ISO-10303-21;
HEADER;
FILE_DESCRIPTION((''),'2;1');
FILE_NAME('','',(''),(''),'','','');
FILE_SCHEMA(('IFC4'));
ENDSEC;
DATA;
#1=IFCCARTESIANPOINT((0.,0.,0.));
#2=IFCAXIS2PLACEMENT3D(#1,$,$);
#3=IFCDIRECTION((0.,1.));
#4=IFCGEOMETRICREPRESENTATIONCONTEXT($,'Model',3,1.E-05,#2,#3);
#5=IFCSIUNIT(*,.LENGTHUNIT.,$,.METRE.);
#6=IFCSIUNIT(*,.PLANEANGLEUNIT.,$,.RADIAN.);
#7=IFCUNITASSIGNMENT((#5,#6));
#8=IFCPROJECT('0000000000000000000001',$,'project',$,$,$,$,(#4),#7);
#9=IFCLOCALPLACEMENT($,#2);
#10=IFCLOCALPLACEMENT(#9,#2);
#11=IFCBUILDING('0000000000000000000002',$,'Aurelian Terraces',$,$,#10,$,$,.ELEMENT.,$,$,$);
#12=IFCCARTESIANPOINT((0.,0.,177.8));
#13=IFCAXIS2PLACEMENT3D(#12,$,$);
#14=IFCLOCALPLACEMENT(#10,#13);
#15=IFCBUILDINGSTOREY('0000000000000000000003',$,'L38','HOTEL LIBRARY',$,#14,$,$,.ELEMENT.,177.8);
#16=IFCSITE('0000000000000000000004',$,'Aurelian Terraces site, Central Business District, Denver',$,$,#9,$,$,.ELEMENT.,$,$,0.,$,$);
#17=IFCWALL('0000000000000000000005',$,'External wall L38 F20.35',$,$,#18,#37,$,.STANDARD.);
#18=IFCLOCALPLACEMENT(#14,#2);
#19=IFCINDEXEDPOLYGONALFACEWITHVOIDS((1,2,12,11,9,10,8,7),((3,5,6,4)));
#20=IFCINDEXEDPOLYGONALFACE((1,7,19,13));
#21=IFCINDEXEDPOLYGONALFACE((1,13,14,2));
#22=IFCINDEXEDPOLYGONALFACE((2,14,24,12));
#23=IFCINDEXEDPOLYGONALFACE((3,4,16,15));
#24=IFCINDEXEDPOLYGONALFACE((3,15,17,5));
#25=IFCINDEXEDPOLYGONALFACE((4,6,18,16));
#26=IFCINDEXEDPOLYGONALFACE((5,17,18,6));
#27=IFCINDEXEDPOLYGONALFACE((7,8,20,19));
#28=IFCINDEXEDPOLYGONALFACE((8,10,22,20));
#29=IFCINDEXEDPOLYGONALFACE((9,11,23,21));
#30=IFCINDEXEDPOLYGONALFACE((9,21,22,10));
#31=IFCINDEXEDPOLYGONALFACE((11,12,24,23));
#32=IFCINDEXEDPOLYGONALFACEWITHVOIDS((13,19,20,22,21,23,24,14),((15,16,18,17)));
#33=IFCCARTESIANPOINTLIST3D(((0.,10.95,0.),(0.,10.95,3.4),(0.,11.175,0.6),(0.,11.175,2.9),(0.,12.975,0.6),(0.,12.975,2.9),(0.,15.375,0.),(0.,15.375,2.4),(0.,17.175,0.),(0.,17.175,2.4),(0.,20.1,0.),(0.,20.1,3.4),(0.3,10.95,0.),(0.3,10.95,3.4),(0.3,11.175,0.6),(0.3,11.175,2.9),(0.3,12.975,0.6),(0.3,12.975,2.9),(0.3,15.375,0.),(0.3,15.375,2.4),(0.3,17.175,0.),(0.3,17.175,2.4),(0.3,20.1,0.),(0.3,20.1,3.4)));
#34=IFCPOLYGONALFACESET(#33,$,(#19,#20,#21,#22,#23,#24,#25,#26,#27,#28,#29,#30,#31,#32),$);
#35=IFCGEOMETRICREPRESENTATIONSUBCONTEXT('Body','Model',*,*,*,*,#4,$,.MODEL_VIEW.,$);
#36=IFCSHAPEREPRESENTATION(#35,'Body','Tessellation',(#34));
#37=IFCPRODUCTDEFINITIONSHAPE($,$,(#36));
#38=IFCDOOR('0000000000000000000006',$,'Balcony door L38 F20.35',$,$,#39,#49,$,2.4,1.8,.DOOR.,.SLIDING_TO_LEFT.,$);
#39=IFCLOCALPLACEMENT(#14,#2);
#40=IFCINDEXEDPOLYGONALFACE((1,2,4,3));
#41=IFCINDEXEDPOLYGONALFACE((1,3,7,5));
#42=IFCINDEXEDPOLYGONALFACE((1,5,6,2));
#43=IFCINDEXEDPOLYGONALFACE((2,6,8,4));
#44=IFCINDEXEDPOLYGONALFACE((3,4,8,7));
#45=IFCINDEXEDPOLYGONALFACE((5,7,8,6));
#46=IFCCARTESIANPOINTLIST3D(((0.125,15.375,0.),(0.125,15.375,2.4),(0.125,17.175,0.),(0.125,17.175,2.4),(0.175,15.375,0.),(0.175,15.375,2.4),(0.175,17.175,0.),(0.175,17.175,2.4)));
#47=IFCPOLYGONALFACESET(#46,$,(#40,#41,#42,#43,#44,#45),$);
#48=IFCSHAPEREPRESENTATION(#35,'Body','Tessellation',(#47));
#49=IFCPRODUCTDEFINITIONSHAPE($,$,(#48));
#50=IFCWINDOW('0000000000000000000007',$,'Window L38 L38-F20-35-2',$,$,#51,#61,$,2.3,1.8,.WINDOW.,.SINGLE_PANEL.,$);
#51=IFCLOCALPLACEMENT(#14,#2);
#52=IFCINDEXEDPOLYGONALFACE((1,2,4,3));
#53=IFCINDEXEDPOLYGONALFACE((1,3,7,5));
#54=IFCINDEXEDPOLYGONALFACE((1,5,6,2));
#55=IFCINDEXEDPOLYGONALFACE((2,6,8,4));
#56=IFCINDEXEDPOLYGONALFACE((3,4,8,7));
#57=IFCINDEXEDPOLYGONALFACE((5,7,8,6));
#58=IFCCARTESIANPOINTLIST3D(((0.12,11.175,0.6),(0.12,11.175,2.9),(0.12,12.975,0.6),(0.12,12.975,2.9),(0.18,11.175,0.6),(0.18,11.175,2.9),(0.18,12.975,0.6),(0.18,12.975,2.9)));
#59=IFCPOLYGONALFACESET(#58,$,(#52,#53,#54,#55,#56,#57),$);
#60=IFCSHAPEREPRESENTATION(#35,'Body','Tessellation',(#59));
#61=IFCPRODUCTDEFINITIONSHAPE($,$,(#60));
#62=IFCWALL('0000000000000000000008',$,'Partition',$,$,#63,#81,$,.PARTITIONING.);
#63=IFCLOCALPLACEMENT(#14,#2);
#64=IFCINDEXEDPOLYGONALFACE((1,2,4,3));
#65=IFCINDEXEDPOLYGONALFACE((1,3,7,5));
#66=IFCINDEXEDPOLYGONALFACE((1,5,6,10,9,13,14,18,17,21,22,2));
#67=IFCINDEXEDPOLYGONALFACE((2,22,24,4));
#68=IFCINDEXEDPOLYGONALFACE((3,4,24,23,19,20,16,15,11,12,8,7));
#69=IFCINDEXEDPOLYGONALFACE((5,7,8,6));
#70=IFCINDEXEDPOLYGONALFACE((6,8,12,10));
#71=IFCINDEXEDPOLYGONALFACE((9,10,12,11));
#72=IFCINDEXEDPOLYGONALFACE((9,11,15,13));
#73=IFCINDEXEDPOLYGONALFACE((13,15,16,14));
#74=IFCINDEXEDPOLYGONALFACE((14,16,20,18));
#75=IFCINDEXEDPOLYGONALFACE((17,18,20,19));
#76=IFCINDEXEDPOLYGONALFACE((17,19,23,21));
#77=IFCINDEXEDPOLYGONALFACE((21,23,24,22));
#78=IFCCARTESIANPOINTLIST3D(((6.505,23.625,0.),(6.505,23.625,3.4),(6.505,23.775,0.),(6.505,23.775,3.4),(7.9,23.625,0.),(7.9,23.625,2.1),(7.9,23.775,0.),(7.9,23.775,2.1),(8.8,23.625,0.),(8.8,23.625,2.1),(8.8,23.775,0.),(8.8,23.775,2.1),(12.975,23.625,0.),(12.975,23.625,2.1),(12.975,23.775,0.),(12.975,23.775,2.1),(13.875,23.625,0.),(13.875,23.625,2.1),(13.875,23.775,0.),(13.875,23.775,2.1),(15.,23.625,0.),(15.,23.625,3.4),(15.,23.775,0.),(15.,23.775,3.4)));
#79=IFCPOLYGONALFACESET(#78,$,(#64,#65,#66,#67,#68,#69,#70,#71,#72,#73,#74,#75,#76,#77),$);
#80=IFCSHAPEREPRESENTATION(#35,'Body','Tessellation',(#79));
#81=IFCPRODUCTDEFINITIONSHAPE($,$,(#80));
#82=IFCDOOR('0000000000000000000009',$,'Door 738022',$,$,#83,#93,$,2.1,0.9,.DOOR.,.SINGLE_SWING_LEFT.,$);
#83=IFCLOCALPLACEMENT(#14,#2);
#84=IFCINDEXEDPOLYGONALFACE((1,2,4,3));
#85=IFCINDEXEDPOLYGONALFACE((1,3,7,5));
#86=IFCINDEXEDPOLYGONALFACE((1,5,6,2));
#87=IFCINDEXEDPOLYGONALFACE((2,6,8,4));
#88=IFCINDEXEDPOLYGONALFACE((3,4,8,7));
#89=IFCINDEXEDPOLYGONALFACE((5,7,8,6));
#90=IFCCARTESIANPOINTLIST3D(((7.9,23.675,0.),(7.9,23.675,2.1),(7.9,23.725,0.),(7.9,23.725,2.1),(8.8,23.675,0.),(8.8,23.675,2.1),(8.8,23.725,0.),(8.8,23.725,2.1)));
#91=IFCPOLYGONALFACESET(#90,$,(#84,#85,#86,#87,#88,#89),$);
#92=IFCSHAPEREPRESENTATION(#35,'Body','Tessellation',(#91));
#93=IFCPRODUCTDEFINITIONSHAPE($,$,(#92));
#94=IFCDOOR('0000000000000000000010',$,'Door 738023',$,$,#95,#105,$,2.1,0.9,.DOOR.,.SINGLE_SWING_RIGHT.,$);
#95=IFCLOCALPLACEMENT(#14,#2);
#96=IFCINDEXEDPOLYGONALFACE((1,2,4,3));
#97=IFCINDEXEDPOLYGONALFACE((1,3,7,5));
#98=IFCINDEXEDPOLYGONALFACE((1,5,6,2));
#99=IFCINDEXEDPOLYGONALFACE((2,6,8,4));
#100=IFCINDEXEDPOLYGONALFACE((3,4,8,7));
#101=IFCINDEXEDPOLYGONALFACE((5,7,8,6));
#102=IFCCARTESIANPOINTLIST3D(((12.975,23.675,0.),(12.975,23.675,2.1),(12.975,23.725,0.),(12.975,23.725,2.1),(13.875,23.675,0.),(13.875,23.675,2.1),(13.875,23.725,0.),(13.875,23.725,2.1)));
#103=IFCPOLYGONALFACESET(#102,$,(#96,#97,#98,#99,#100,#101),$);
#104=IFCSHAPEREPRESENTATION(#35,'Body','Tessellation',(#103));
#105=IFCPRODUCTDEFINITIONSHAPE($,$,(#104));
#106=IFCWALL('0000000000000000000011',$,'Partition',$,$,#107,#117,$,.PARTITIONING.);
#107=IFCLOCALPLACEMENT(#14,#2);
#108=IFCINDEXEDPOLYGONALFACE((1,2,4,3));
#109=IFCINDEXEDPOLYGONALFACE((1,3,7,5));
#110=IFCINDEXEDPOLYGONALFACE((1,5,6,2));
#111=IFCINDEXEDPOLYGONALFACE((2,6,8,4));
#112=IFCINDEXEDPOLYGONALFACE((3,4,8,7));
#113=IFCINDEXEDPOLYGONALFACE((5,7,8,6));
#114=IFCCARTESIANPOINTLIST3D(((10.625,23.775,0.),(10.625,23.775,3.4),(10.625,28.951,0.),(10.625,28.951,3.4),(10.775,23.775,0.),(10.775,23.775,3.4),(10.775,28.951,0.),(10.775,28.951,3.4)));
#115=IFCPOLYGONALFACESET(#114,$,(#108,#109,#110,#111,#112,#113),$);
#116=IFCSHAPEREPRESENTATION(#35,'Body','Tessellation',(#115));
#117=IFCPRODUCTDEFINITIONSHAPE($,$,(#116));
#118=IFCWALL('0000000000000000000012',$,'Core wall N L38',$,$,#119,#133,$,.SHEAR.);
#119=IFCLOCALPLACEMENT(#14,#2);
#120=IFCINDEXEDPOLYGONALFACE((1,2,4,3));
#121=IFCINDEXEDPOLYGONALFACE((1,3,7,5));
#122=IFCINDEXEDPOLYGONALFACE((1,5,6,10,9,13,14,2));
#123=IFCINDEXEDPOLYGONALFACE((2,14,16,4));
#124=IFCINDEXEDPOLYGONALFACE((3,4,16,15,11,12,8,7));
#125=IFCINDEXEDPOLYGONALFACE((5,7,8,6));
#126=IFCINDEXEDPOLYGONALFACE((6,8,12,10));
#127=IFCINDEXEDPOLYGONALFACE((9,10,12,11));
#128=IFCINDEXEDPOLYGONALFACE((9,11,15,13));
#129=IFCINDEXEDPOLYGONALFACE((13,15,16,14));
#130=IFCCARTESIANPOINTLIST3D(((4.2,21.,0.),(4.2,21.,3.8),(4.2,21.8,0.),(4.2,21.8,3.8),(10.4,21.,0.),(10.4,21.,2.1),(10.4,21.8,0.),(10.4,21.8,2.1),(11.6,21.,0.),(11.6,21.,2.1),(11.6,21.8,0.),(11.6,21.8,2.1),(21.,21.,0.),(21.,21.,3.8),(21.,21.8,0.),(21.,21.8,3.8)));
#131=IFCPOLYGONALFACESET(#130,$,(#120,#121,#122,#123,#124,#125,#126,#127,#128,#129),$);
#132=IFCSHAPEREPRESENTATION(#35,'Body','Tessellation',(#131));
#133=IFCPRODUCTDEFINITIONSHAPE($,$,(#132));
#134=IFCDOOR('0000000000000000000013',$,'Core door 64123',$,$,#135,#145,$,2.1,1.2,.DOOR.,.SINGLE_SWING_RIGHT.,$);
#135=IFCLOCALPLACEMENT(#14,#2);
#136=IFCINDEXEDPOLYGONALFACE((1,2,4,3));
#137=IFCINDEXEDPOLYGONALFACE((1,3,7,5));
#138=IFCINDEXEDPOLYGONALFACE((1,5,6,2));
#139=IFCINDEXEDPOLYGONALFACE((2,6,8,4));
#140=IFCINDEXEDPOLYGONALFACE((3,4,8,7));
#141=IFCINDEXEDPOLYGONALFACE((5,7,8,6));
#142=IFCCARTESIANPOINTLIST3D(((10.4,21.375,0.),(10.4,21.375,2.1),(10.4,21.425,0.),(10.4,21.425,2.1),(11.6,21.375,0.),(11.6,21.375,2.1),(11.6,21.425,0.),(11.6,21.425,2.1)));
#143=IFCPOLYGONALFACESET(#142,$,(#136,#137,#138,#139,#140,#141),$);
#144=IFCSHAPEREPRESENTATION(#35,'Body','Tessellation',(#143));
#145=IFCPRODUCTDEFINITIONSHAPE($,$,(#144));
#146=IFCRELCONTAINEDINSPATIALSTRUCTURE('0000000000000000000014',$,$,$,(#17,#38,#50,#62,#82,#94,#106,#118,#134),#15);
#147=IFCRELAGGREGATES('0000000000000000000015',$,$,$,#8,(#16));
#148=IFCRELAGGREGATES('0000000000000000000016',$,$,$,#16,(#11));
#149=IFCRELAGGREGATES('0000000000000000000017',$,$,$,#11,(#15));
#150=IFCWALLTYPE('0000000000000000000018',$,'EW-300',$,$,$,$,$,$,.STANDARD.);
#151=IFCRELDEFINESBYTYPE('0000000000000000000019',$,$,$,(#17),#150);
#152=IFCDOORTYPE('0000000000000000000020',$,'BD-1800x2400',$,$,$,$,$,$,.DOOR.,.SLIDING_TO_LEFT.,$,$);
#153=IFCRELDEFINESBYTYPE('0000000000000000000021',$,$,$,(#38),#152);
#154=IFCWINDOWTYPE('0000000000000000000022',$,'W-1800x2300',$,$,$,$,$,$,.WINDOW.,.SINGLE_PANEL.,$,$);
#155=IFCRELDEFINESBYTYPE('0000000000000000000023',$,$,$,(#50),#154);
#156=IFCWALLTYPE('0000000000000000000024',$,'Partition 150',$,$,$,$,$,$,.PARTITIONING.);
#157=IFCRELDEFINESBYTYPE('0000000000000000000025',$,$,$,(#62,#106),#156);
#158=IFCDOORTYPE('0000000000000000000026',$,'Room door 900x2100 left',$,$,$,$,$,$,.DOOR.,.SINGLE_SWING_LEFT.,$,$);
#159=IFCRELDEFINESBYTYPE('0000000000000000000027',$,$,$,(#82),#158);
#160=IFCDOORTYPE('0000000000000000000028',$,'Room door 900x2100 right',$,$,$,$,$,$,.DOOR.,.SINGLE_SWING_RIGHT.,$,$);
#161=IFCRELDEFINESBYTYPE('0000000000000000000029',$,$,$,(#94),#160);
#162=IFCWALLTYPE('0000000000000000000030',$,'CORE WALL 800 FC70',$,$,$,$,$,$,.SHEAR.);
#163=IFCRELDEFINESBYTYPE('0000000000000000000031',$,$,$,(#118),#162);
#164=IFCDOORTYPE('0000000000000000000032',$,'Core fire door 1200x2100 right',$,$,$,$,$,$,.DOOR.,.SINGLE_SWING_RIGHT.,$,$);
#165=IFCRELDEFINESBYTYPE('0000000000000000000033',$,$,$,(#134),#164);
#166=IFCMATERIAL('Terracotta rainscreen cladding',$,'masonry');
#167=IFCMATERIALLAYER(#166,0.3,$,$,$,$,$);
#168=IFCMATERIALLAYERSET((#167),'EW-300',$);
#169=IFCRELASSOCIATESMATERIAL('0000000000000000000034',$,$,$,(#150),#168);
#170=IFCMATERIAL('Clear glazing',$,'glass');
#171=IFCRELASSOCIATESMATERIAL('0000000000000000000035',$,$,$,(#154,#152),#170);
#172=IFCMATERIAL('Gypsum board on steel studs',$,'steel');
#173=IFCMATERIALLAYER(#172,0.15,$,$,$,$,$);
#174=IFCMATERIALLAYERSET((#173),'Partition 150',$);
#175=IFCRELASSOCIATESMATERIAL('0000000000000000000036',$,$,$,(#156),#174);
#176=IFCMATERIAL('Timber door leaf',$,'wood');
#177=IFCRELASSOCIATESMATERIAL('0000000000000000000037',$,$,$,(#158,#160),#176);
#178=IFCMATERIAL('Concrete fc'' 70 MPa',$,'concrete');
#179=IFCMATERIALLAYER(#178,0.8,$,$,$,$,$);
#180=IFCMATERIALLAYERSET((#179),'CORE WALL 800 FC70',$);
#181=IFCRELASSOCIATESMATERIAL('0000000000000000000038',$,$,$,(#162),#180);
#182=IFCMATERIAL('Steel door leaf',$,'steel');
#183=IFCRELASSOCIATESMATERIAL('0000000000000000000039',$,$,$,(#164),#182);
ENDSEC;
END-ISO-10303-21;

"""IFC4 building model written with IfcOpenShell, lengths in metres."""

from ifc_helpers import new_model, si_unit, direction, frame, frame_2d, origin, place, context, subcontext, project, spatial, rectangle, extrude, source, transform, mapped, material, layer, layer_set, type_object, element, fill, save


model = new_model("IFC4")

# Units and contexts
model_context = context("Model", 3, precision=1e-05, world=origin(), true_north=direction((0.0, 1.0)))
body_context = subcontext(model_context, "Body", "Model", "MODEL_VIEW")
ifc_project = project(units=[si_unit("LENGTHUNIT", "METRE"), si_unit("PLANEANGLEUNIT", "RADIAN")], contexts=[model_context])

# Site, building, storey
site_placement = place(None, origin())
site = spatial("IfcSite", under=ifc_project, at=site_placement, Name="Aurelian Terraces site, Central Business District, Denver", CompositionType="ELEMENT", RefElevation=0.0)
building_placement = place(site_placement, origin())
building = spatial("IfcBuilding", under=site, at=building_placement, Name="Aurelian Terraces", CompositionType="ELEMENT")
storey_placement = place(building_placement, frame((0.0, 0.0, 177.8)))
storey = spatial("IfcBuildingStorey", under=building, at=storey_placement, Name="L38", Description="HOTEL LIBRARY", CompositionType="ELEMENT", Elevation=177.8)

# Shared definitions
ifc_material_1 = material(Name="Concrete fc' 70 MPa", Category="concrete")

# Shared definitions
ifc_material_2 = material(Name="Gypsum board on steel studs", Category="steel")
ifc_material_3 = material(Name="Steel door leaf", Category="steel")
shared_shape_1 = source(origin(), body_context, "Body", "SweptSolid", [
    extrude(rectangle(XDim=0.9, YDim=2.1, at=frame_2d((0.45, 1.05))), frame((0.0, 0.025, 0.0), z_axis=(0.0, -1.0, 0.0), x_axis=(1.0, 0.0, 0.0)), (0.0, 0.0, 1.0), 0.05),
])

# Shared definitions
ifc_material_4 = material(Name="Terracotta rainscreen cladding", Category="masonry")
ifc_layer_1 = layer(ifc_material_4, 0.3)
ifc_layer_set_1 = layer_set([ifc_layer_1], Name="EW-300")
wall_type_1 = type_object("IfcWallType", Name="EW-300", PredefinedType="STANDARD", material=ifc_layer_set_1)
shared_shape_2 = source(origin(), body_context, "Body", "SweptSolid", [
    extrude(rectangle(XDim=1.8, YDim=2.3, at=frame_2d((0.9, 1.15))), frame((0.0, 0.16, 0.0), z_axis=(0.0, -1.0, 0.0), x_axis=(1.0, 0.0, 0.0)), (0.0, 0.0, 1.0), 0.32),
])
ifc_material_5 = material(Name="Clear glazing", Category="glass")
window_type = type_object("IfcWindowType", Name="W-1800x2300", PartitioningType="SINGLE_PANEL", PredefinedType="WINDOW", material=ifc_material_5)
shared_shape_3 = source(origin(), body_context, "Body", "SweptSolid", [
    extrude(rectangle(XDim=1.8, YDim=2.3, at=frame_2d((0.9, 1.15))), frame((0.0, 0.03, 0.0), z_axis=(0.0, -1.0, 0.0), x_axis=(1.0, 0.0, 0.0)), (0.0, 0.0, 1.0), 0.06),
])

# Wall, openings, door, window
wall_1_placement = place(storey_placement, frame((0.15, 20.1, 0.0), z_axis=(0.0, 0.0, 1.0), x_axis=(0.0, -1.0, 0.0)))
wall_1 = element("IfcWall", 1, at=wall_1_placement, inside=storey, type_object=wall_type_1, Name="External wall L38 F20.35", PredefinedType="STANDARD", context=body_context, shape_type="SweptSolid", body=[
    extrude(rectangle(XDim=9.15, YDim=0.3, at=frame_2d((4.575, 0.0))), origin(), (0.0, 0.0, 1.0), 3.4),
])
shared_shape_4 = source(origin(), body_context, "Body", "SweptSolid", [
    extrude(rectangle(XDim=1.8, YDim=2.4, at=frame_2d((0.9, 1.2))), frame((0.0, 0.16, 0.0), z_axis=(0.0, -1.0, 0.0), x_axis=(1.0, 0.0, 0.0)), (0.0, 0.0, 1.0), 0.32),
])
opening_1_placement = place(wall_1_placement, frame((2.925, 0.0, 0.0)))
opening_1 = element("IfcOpeningElement", 2, at=opening_1_placement, cuts=wall_1, PredefinedType="OPENING", context=body_context, shape_type="MappedRepresentation", body=[
    mapped(shared_shape_4, transform((0.0, 0.0, 0.0), scale=1.0)),
])
opening_2_placement = place(wall_1_placement, frame((7.125, 0.0, 0.6)))
opening_2 = element("IfcOpeningElement", 3, at=opening_2_placement, cuts=wall_1, PredefinedType="OPENING", context=body_context, shape_type="MappedRepresentation", body=[
    mapped(shared_shape_2, transform((0.0, 0.0, 0.0), scale=1.0)),
])
door_type_1 = type_object("IfcDoorType", Name="BD-1800x2400", OperationType="SLIDING_TO_LEFT", PredefinedType="DOOR", material=ifc_material_5)
shared_shape_5 = source(origin(), body_context, "Body", "SweptSolid", [
    extrude(rectangle(XDim=1.8, YDim=2.4, at=frame_2d((0.9, 1.2))), frame((0.0, 0.025, 0.0), z_axis=(0.0, -1.0, 0.0), x_axis=(1.0, 0.0, 0.0)), (0.0, 0.0, 1.0), 0.05),
])
door_1_placement = place(opening_1_placement, origin())
door_1 = element("IfcDoor", 4, at=door_1_placement, inside=storey, type_object=door_type_1, Name="Balcony door L38 F20.35", OperationType="SLIDING_TO_LEFT", OverallHeight=2.4, OverallWidth=1.8, PredefinedType="DOOR", context=body_context, shape_type="MappedRepresentation", body=[
    mapped(shared_shape_5, transform((0.0, 0.0, 0.0), scale=1.0)),
])
fill(opening_1, door_1)
window_1_placement = place(opening_2_placement, origin())
window_1 = element("IfcWindow", 5, at=window_1_placement, inside=storey, type_object=window_type, Name="Window L38 L38-F20-35-2", OverallHeight=2.3, OverallWidth=1.8, PartitioningType="SINGLE_PANEL", PredefinedType="WINDOW", context=body_context, shape_type="MappedRepresentation", body=[
    mapped(shared_shape_3, transform((0.0, 0.0, 0.0), scale=1.0)),
])
fill(opening_2, window_1)

# Wall, openings, doors
ifc_layer_2 = layer(ifc_material_2, 0.15)
ifc_layer_set_2 = layer_set([ifc_layer_2], Name="Partition 150")
wall_type_2 = type_object("IfcWallType", Name="Partition 150", PredefinedType="PARTITIONING", material=ifc_layer_set_2)
wall_2_placement = place(storey_placement, frame((6.505, 23.7, 0.0), z_axis=(0.0, 0.0, 1.0), x_axis=(1.0, 0.0, 0.0)))
wall_2 = element("IfcWall", 6, at=wall_2_placement, inside=storey, type_object=wall_type_2, Name="Partition", PredefinedType="PARTITIONING", context=body_context, shape_type="SweptSolid", body=[
    extrude(rectangle(XDim=8.495, YDim=0.15, at=frame_2d((4.2475, 0.0))), origin(), (0.0, 0.0, 1.0), 3.4),
])
shared_shape_6 = source(origin(), body_context, "Body", "SweptSolid", [
    extrude(rectangle(XDim=0.9, YDim=2.1, at=frame_2d((0.45, 1.05))), frame((0.0, 0.085, 0.0), z_axis=(0.0, -1.0, 0.0), x_axis=(1.0, 0.0, 0.0)), (0.0, 0.0, 1.0), 0.17),
])
opening_3_placement = place(wall_2_placement, frame((1.395, 0.0, 0.0)))
opening_3 = element("IfcOpeningElement", 7, at=opening_3_placement, cuts=wall_2, PredefinedType="OPENING", context=body_context, shape_type="MappedRepresentation", body=[
    mapped(shared_shape_6, transform((0.0, 0.0, 0.0), scale=1.0)),
])
opening_4_placement = place(wall_2_placement, frame((6.47, 0.0, 0.0)))
opening_4 = element("IfcOpeningElement", 8, at=opening_4_placement, cuts=wall_2, PredefinedType="OPENING", context=body_context, shape_type="MappedRepresentation", body=[
    mapped(shared_shape_6, transform((0.0, 0.0, 0.0), scale=1.0)),
])
ifc_material_6 = material(Name="Timber door leaf", Category="wood")
door_type_2 = type_object("IfcDoorType", Name="Room door 900x2100 left", OperationType="SINGLE_SWING_LEFT", PredefinedType="DOOR", material=ifc_material_6)
door_2_placement = place(opening_3_placement, origin())
door_2 = element("IfcDoor", 9, at=door_2_placement, inside=storey, type_object=door_type_2, Name="Door 738022", OperationType="SINGLE_SWING_LEFT", OverallHeight=2.1, OverallWidth=0.9, PredefinedType="DOOR", context=body_context, shape_type="MappedRepresentation", body=[
    mapped(shared_shape_1, transform((0.0, 0.0, 0.0), scale=1.0)),
])
fill(opening_3, door_2)
door_type_3 = type_object("IfcDoorType", Name="Room door 900x2100 right", OperationType="SINGLE_SWING_RIGHT", PredefinedType="DOOR", material=ifc_material_6)
door_3_placement = place(opening_4_placement, origin())
door_3 = element("IfcDoor", 10, at=door_3_placement, inside=storey, type_object=door_type_3, Name="Door 738023", OperationType="SINGLE_SWING_RIGHT", OverallHeight=2.1, OverallWidth=0.9, PredefinedType="DOOR", context=body_context, shape_type="MappedRepresentation", body=[
    mapped(shared_shape_1, transform((0.0, 0.0, 0.0), scale=1.0)),
])
fill(opening_4, door_3)

# Wall
wall_3_placement = place(storey_placement, frame((10.7, 23.775, 0.0), z_axis=(0.0, 0.0, 1.0), x_axis=(0.0, 1.0, 0.0)))
element("IfcWall", 11, at=wall_3_placement, inside=storey, type_object=wall_type_2, Name="Partition", PredefinedType="PARTITIONING", context=body_context, shape_type="SweptSolid", body=[
    extrude(rectangle(XDim=5.176, YDim=0.15, at=frame_2d((2.588, 0.0))), origin(), (0.0, 0.0, 1.0), 3.4),
])

# Wall, opening, door
ifc_layer_3 = layer(ifc_material_1, 0.8)
ifc_layer_set_3 = layer_set([ifc_layer_3], Name="CORE WALL 800 FC70")
wall_type_3 = type_object("IfcWallType", Name="CORE WALL 800 FC70", PredefinedType="SHEAR", material=ifc_layer_set_3)
shared_shape_7 = source(origin(), body_context, "Body", "SweptSolid", [
    extrude(rectangle(XDim=16.8, YDim=0.8, at=frame_2d((8.4, 0.0))), origin(), (0.0, 0.0, 1.0), 3.8),
])
wall_4_placement = place(storey_placement, frame((4.2, 21.4, 0.0), z_axis=(0.0, 0.0, 1.0), x_axis=(1.0, 0.0, 0.0)))
wall_4 = element("IfcWall", 12, at=wall_4_placement, inside=storey, type_object=wall_type_3, Name="Core wall N L38", PredefinedType="SHEAR", context=body_context, shape_type="MappedRepresentation", body=[
    mapped(shared_shape_7, transform((0.0, 0.0, 0.0), scale=1.0)),
])
opening_5_placement = place(wall_4_placement, frame((6.2, 0.0, 0.0)))
opening_5 = element("IfcOpeningElement", 13, at=opening_5_placement, cuts=wall_4, PredefinedType="OPENING", context=body_context, shape_type="SweptSolid", body=[
    extrude(rectangle(XDim=1.2, YDim=2.1, at=frame_2d((0.6, 1.05))), frame((0.0, 0.41, 0.0), z_axis=(0.0, -1.0, 0.0), x_axis=(1.0, 0.0, 0.0)), (0.0, 0.0, 1.0), 0.82),
])
door_type_4 = type_object("IfcDoorType", Name="Core fire door 1200x2100 right", OperationType="SINGLE_SWING_RIGHT", PredefinedType="DOOR", material=ifc_material_3)
shared_shape_8 = source(origin(), body_context, "Body", "SweptSolid", [
    extrude(rectangle(XDim=1.2, YDim=2.1, at=frame_2d((0.6, 1.05))), frame((0.0, 0.025, 0.0), z_axis=(0.0, -1.0, 0.0), x_axis=(1.0, 0.0, 0.0)), (0.0, 0.0, 1.0), 0.05),
])
door_4_placement = place(opening_5_placement, origin())
door_4 = element("IfcDoor", 14, at=door_4_placement, inside=storey, type_object=door_type_4, Name="Core door 64123", OperationType="SINGLE_SWING_RIGHT", OverallHeight=2.1, OverallWidth=1.2, PredefinedType="DOOR", context=body_context, shape_type="MappedRepresentation", body=[
    mapped(shared_shape_8, transform((0.0, 0.0, 0.0), scale=1.0)),
])
fill(opening_5, door_4)

save(model, "model.ifc")
